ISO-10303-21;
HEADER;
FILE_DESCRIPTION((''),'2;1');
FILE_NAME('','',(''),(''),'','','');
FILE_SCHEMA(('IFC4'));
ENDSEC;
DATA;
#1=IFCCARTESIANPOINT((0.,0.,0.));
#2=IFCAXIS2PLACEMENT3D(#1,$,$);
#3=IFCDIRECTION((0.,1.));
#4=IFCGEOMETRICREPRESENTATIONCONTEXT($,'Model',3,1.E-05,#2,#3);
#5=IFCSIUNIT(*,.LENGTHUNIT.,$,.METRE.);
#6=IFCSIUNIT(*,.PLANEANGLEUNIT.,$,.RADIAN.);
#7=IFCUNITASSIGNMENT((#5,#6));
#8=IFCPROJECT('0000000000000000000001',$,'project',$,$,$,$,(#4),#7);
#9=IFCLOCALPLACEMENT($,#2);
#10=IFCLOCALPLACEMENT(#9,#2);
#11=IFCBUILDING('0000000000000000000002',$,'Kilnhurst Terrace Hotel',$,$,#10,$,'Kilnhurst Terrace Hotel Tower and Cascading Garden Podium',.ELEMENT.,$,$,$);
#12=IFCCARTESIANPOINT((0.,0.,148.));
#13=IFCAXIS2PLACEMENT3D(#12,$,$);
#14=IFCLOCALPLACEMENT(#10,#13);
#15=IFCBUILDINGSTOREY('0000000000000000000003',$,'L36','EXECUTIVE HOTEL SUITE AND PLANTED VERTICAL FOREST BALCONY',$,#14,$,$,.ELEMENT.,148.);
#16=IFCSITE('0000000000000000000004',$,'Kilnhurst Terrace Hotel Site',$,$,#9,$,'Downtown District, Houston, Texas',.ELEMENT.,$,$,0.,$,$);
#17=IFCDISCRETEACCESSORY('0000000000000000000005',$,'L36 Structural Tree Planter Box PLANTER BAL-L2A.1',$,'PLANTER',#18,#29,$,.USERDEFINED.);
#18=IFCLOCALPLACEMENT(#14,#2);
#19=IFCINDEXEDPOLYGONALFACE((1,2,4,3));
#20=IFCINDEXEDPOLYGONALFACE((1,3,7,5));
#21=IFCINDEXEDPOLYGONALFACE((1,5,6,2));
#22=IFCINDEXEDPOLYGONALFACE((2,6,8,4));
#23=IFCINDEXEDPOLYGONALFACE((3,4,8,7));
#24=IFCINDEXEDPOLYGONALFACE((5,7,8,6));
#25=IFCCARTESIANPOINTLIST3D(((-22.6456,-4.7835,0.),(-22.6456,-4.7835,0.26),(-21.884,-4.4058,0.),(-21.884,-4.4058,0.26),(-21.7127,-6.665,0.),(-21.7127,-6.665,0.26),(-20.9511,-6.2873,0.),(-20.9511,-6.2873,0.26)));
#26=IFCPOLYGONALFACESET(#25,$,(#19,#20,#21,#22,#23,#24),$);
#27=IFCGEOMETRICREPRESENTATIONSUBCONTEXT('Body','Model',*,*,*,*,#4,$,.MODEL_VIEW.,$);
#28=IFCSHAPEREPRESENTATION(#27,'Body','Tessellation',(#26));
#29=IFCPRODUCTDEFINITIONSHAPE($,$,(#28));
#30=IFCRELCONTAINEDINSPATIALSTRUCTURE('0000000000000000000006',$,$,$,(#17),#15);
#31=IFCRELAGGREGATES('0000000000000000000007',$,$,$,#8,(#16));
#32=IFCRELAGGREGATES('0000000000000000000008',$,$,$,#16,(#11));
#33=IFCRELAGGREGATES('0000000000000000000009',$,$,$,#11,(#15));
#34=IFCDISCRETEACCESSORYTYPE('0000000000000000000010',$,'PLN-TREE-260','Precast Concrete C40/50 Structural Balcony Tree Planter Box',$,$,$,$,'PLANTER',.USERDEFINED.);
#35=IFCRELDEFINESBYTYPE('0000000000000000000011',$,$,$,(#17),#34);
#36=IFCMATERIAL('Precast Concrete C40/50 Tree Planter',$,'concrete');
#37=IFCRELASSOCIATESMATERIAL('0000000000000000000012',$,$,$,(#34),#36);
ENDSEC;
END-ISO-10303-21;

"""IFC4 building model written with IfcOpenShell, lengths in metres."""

from ifc_helpers import new_model, si_unit, direction, frame, origin, origin_2d, place, context, subcontext, project, spatial, rectangle, extrude, material, type_object, element, save


model = new_model("IFC4")

# Units and contexts
model_context = context("Model", 3, precision=1e-05, world=origin(), true_north=direction((0.0, 1.0)))
body_context = subcontext(model_context, "Body", "Model", "MODEL_VIEW")
ifc_project = project(units=[si_unit("LENGTHUNIT", "METRE"), si_unit("PLANEANGLEUNIT", "RADIAN")], contexts=[model_context])

# Site, building, storey
site_placement = place(None, origin())
site = spatial("IfcSite", under=ifc_project, at=site_placement, Name="Kilnhurst Terrace Hotel Site", LongName="Downtown District, Houston, Texas", CompositionType="ELEMENT", RefElevation=0.0)
building_placement = place(site_placement, origin())
building = spatial("IfcBuilding", under=site, at=building_placement, Name="Kilnhurst Terrace Hotel", LongName="Kilnhurst Terrace Hotel Tower and Cascading Garden Podium", CompositionType="ELEMENT")
storey_placement = place(building_placement, frame((0.0, 0.0, 148.0)))
storey = spatial("IfcBuildingStorey", under=building, at=storey_placement, Name="L36", Description="EXECUTIVE HOTEL SUITE AND PLANTED VERTICAL FOREST BALCONY", CompositionType="ELEMENT", Elevation=148.0)

# Discrete accessory
ifc_material_1 = material(Name="Precast Concrete C40/50 Tree Planter", Category="concrete")
discrete_accessory_type = type_object("IfcDiscreteAccessoryType", Name="PLN-TREE-260", Description="Precast Concrete C40/50 Structural Balcony Tree Planter Box", ElementType="PLANTER", PredefinedType="USERDEFINED", material=ifc_material_1)
discrete_accessory_placement = place(storey_placement, frame((-21.7983, -5.5354, 0.0), z_axis=(0.0, 0.0, 1.0), x_axis=(0.444244, -0.895906, 0.0)))
element("IfcDiscreteAccessory", 1, at=discrete_accessory_placement, inside=storey, type_object=discrete_accessory_type, Name="L36 Structural Tree Planter Box PLANTER BAL-L2A.1", ObjectType="PLANTER", PredefinedType="USERDEFINED", context=body_context, shape_type="SweptSolid", body=[
    extrude(rectangle(XDim=2.1001, YDim=0.8501, at=origin_2d()), origin(), (0.0, 0.0, 1.0), 0.26),
])

save(model, "model.ifc")
